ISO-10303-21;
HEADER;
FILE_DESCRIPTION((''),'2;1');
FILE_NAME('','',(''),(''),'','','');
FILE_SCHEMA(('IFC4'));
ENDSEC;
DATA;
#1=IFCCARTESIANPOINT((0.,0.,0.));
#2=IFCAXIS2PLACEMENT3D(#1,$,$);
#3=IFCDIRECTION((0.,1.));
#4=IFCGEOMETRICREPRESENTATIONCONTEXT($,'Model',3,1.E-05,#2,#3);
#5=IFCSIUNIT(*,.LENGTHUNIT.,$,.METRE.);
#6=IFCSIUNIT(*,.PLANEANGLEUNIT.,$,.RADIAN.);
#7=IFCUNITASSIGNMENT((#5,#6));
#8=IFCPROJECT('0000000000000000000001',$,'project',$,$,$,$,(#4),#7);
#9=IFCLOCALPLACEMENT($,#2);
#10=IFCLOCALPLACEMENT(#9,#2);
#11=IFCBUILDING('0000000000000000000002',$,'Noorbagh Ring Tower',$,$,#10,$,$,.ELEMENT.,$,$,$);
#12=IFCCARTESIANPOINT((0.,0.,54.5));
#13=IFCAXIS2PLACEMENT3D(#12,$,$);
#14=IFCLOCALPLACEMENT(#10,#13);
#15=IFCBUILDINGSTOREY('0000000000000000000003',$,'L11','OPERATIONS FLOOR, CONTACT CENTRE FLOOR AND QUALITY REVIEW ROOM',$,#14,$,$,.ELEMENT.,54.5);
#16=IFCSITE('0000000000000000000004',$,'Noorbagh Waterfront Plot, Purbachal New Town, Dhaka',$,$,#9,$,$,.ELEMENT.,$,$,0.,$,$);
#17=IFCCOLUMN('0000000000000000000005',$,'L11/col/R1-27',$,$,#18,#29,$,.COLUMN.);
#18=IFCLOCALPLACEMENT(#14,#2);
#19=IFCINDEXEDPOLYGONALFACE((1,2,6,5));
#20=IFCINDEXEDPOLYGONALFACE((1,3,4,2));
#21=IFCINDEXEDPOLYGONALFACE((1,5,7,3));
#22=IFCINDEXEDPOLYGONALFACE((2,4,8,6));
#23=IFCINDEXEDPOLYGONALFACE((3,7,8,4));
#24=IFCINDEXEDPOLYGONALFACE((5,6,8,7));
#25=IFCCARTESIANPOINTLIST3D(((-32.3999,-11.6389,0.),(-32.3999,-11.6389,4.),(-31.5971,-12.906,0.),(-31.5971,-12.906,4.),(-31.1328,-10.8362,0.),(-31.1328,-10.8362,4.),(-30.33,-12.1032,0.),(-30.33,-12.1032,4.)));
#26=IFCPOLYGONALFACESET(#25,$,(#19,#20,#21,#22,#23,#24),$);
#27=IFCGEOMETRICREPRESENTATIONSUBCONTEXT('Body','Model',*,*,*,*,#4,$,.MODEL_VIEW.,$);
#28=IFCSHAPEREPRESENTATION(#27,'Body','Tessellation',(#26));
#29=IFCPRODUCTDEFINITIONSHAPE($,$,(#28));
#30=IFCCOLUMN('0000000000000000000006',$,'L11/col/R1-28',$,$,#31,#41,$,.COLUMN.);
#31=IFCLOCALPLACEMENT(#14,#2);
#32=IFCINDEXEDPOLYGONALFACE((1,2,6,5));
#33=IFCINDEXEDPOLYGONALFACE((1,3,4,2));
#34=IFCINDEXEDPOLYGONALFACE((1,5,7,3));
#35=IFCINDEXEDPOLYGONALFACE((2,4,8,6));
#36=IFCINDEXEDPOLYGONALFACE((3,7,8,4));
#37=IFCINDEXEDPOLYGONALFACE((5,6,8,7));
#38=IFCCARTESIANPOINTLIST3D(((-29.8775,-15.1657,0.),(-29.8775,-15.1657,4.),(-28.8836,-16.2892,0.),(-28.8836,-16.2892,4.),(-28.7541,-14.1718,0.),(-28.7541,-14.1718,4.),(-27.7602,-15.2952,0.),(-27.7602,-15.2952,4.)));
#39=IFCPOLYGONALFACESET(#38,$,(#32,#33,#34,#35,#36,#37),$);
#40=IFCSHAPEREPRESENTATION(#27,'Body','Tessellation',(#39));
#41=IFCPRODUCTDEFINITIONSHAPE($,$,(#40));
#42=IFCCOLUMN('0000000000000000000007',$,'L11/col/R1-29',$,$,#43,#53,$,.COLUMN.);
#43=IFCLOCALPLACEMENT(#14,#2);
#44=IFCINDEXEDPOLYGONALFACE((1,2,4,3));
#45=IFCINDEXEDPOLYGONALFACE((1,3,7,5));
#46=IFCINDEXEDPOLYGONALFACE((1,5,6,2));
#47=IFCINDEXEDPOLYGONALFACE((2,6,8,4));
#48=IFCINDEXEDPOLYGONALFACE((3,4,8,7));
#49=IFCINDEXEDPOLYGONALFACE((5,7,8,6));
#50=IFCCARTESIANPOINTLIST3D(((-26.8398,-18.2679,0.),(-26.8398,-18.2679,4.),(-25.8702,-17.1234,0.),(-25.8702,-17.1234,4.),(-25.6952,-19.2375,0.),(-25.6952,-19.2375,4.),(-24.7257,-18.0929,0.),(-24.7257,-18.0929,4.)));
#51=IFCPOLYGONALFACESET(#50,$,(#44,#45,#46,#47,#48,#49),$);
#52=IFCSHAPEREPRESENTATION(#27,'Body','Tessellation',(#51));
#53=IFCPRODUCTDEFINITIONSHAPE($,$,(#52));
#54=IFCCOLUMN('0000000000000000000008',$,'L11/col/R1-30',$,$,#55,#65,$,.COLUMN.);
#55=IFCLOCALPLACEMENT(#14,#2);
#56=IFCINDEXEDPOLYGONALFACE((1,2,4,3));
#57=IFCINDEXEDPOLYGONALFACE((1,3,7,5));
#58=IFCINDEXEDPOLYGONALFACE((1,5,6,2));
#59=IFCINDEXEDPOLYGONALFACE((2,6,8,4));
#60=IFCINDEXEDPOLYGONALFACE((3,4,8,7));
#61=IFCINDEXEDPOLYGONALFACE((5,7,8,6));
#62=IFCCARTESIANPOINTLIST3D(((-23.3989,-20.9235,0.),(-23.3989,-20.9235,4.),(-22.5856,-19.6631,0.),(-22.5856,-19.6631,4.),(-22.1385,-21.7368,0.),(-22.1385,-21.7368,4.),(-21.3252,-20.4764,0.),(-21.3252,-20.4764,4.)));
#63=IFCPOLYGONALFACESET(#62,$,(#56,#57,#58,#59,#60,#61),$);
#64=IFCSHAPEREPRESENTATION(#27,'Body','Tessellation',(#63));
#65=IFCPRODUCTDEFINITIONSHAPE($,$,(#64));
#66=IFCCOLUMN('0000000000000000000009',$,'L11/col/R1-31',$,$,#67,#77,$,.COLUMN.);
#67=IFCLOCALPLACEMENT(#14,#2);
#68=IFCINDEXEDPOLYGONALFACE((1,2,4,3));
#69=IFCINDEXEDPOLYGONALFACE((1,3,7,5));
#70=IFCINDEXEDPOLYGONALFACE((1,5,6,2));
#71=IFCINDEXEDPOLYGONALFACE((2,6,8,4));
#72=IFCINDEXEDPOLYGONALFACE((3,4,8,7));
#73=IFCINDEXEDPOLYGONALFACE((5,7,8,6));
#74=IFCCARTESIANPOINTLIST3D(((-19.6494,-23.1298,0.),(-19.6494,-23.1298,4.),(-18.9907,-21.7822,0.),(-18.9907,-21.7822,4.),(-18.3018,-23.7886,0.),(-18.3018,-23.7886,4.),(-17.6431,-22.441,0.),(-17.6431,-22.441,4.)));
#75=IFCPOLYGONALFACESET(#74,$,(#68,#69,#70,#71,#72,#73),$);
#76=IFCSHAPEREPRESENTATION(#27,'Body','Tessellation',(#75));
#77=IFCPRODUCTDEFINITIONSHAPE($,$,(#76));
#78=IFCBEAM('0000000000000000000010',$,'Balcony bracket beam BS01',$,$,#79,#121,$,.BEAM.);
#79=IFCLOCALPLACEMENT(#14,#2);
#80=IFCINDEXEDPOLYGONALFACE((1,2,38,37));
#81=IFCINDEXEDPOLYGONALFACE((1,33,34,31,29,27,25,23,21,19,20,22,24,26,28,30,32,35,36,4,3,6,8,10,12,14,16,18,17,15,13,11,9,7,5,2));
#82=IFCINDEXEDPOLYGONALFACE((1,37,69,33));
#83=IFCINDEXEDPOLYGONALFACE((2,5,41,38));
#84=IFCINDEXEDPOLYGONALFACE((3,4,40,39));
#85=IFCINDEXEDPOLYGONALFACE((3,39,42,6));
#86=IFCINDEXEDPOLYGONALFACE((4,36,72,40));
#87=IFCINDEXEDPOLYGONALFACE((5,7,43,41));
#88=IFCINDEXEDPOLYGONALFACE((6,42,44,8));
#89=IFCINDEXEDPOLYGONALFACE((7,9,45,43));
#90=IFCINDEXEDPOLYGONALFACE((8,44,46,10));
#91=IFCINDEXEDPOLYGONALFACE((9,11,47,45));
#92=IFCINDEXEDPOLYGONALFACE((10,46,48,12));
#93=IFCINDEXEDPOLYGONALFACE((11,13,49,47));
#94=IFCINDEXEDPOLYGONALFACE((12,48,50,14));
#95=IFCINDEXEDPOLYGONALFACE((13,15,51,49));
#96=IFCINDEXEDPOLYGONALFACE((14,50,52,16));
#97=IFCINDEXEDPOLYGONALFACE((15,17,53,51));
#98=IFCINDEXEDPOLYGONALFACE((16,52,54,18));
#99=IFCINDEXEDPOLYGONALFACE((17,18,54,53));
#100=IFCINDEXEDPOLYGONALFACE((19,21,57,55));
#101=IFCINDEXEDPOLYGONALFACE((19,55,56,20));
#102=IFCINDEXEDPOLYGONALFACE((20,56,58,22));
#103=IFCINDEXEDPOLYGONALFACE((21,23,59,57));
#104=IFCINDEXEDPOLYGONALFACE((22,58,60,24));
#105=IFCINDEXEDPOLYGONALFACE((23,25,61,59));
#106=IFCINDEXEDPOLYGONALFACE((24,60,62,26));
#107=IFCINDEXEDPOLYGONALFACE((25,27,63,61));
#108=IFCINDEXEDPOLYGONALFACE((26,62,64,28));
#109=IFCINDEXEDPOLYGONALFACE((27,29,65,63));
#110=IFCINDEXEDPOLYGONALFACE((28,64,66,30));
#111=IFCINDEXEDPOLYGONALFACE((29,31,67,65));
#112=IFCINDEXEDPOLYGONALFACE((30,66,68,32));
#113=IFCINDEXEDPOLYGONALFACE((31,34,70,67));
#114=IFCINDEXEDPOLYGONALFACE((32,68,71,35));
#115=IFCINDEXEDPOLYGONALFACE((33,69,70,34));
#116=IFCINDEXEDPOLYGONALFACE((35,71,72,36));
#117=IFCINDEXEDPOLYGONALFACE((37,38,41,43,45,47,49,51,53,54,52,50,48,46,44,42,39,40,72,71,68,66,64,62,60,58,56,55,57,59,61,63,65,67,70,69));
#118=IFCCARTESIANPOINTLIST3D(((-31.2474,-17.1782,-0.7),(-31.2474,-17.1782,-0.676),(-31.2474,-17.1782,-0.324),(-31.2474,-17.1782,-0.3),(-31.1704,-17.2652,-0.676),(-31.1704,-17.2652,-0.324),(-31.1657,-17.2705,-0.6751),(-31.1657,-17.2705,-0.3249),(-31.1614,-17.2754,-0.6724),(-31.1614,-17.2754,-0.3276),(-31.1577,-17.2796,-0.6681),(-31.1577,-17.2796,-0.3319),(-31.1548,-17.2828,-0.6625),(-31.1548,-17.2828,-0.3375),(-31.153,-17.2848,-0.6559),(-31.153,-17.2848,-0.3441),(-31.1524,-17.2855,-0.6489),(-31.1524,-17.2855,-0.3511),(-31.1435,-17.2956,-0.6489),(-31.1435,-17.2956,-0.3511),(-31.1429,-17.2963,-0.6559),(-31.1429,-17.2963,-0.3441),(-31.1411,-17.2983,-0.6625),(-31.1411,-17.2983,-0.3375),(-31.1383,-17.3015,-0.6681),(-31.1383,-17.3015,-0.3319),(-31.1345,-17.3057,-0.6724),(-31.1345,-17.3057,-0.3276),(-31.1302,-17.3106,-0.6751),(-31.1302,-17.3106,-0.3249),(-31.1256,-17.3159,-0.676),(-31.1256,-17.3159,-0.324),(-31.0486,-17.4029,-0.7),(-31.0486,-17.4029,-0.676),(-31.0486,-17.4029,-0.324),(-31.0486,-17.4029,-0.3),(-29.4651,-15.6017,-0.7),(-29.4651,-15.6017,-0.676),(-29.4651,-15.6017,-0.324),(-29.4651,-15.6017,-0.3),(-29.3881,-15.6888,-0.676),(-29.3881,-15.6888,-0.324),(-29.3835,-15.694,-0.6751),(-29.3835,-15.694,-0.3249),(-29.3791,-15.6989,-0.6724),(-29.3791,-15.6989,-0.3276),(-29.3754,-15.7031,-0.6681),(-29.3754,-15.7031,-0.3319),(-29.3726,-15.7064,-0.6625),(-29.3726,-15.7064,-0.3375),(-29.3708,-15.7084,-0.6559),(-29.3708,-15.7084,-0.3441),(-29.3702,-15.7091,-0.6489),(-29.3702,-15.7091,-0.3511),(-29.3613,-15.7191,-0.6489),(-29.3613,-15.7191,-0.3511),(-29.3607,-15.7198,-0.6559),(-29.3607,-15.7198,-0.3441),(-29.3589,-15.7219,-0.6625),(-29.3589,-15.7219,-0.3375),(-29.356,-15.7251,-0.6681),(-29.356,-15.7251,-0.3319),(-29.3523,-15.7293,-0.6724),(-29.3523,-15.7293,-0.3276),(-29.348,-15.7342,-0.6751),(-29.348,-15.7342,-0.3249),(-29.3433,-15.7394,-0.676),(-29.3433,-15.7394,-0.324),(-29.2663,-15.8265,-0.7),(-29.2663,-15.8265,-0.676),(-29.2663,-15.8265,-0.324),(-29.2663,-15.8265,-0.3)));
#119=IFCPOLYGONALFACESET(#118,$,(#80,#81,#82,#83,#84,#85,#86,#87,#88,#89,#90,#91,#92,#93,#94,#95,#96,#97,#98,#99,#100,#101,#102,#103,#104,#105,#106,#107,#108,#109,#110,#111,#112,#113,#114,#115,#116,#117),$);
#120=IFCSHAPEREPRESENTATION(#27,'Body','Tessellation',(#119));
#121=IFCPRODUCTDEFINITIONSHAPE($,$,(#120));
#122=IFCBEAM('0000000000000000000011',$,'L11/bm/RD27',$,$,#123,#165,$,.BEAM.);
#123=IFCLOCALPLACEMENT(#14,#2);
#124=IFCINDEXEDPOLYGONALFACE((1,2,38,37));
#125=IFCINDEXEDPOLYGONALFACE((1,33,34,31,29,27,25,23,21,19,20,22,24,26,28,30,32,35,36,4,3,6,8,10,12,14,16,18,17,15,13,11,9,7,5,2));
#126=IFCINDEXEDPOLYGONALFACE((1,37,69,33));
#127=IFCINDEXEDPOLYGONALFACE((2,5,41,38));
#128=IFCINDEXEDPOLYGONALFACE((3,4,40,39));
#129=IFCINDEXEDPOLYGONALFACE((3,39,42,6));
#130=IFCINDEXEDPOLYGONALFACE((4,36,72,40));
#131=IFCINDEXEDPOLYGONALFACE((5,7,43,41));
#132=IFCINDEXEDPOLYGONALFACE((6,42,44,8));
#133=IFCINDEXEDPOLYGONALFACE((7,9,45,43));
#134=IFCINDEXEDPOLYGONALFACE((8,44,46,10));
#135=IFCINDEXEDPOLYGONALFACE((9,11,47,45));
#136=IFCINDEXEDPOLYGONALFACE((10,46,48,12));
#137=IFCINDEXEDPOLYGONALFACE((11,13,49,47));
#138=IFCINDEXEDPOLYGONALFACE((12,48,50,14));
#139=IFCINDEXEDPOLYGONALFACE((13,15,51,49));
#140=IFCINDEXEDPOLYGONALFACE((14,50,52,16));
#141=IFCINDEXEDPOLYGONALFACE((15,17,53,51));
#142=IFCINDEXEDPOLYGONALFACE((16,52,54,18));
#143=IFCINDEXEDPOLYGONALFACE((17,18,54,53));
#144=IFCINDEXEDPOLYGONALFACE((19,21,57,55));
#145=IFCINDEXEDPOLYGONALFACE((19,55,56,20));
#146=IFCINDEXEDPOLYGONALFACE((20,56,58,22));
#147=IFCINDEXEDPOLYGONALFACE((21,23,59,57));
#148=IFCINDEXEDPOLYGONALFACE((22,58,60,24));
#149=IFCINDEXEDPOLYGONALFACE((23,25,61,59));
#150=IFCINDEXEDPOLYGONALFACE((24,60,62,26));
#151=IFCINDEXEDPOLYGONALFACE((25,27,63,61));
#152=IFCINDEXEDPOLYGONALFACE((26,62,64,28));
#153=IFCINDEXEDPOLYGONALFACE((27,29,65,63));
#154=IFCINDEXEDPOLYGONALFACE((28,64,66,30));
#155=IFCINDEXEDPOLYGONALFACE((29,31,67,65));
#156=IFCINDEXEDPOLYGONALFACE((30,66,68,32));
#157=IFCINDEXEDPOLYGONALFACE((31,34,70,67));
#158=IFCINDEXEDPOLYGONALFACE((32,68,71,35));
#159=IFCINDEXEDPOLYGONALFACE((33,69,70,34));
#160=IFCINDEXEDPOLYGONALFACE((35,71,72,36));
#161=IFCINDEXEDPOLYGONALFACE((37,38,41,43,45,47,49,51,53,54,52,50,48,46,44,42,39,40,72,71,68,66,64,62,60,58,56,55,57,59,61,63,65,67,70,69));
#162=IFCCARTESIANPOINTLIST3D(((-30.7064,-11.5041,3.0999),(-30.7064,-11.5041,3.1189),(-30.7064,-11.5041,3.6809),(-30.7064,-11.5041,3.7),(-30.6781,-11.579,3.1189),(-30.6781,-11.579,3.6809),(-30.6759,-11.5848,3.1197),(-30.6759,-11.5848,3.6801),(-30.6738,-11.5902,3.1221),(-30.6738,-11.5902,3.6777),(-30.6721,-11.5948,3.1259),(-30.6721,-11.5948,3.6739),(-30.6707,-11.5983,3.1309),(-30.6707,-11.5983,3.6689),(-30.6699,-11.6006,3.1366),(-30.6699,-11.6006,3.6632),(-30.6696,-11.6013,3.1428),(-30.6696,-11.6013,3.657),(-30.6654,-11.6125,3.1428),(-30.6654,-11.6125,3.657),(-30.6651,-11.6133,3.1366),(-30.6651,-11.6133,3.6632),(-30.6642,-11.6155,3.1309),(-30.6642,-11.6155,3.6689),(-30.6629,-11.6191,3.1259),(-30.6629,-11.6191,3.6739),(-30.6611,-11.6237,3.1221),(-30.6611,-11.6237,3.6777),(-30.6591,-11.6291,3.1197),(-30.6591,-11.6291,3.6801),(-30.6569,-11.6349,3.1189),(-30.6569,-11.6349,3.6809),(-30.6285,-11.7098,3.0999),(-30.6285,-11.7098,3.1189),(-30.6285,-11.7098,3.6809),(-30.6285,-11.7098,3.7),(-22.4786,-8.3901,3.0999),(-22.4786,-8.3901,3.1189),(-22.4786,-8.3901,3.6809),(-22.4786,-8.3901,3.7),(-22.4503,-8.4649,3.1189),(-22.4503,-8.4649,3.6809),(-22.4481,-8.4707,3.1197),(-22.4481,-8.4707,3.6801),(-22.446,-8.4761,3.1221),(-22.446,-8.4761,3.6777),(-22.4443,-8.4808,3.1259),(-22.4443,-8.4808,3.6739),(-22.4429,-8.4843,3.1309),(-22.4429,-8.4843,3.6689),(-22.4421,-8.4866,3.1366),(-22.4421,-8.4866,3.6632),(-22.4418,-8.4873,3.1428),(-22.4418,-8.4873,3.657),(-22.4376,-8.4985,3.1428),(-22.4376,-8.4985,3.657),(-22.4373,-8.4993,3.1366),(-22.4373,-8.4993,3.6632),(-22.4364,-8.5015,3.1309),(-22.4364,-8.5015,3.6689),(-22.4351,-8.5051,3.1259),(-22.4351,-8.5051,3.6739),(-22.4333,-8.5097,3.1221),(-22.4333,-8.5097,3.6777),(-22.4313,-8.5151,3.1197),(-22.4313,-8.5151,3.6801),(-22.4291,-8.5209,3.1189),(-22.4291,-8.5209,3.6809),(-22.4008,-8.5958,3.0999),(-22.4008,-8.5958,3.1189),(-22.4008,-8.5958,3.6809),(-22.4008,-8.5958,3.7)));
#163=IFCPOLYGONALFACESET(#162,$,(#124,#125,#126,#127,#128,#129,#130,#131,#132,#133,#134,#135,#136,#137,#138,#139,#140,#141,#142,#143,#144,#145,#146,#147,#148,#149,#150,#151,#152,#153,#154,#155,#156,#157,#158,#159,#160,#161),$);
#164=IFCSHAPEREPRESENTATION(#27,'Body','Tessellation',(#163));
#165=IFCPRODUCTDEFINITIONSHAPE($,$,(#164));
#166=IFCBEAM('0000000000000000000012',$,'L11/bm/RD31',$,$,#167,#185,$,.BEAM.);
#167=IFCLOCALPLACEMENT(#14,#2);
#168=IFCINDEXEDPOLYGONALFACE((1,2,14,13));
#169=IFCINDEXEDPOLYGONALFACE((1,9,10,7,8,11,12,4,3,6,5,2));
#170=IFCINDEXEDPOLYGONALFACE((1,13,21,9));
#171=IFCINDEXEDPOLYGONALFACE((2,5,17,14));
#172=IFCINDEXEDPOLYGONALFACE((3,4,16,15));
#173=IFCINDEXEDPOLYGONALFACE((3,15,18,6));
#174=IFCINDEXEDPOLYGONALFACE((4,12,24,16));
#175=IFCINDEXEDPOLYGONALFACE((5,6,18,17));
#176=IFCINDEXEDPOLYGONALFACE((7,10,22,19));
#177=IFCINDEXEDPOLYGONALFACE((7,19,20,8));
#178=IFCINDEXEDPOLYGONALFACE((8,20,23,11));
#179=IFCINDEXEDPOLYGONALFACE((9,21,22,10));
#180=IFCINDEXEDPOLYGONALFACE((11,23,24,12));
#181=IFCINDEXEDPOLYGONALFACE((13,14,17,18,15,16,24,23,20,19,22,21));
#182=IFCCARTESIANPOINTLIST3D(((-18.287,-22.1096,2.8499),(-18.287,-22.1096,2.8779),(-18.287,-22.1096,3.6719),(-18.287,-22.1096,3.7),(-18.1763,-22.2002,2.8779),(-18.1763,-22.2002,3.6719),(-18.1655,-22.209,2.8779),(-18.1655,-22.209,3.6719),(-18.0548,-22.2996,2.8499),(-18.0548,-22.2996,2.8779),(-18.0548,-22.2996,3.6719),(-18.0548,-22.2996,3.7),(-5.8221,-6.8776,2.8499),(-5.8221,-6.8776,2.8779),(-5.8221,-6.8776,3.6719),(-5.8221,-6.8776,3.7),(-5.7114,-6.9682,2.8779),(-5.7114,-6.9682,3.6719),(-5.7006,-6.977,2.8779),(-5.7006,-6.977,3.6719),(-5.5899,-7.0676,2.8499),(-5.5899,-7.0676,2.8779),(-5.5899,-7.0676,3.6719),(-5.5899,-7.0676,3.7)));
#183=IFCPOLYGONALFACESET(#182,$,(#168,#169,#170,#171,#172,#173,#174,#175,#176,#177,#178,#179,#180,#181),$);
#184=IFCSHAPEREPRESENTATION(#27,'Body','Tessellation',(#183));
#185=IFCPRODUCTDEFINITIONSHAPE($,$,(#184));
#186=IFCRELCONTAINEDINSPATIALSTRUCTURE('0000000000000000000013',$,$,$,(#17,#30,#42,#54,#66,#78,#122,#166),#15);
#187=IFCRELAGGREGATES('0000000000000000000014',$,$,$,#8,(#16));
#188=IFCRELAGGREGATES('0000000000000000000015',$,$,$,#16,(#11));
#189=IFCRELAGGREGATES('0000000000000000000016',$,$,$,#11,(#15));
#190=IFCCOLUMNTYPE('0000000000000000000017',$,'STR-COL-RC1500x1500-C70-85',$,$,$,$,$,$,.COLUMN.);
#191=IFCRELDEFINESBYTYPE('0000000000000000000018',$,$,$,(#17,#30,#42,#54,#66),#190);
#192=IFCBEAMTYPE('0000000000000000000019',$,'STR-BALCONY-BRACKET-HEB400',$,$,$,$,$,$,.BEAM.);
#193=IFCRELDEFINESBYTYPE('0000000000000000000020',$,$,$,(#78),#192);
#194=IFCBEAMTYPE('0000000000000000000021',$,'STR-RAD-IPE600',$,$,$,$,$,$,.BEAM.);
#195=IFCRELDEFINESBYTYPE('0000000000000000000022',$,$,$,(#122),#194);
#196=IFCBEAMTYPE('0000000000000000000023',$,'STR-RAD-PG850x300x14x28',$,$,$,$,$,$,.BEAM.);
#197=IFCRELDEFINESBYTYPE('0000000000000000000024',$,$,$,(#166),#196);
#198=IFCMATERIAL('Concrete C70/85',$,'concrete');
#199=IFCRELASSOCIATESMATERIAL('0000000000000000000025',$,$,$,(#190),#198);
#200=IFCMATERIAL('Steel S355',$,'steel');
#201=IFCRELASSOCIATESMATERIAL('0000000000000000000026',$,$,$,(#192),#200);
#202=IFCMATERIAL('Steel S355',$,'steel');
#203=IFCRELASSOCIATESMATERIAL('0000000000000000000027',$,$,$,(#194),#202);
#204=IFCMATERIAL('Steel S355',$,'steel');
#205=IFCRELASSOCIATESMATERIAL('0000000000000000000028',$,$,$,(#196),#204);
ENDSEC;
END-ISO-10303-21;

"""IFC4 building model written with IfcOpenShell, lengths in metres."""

from ifc_helpers import new_model, si_unit, direction, frame, origin, origin_2d, place, context, subcontext, project, spatial, rectangle, i_section, extrude, material, material_profile, profile_set, type_object, element, save


model = new_model("IFC4")

# Units and contexts
model_context = context("Model", 3, precision=1e-05, world=origin(), true_north=direction((0.0, 1.0)))
body_context = subcontext(model_context, "Body", "Model", "MODEL_VIEW")
ifc_project = project(units=[si_unit("LENGTHUNIT", "METRE"), si_unit("PLANEANGLEUNIT", "RADIAN")], contexts=[model_context])

# Site, building, storey
site_placement = place(None, origin())
site = spatial("IfcSite", under=ifc_project, at=site_placement, Name="Noorbagh Waterfront Plot, Purbachal New Town, Dhaka", CompositionType="ELEMENT", RefElevation=0.0)
building_placement = place(site_placement, origin())
building = spatial("IfcBuilding", under=site, at=building_placement, Name="Noorbagh Ring Tower", CompositionType="ELEMENT")
storey_placement = place(building_placement, frame((0.0, 0.0, 54.5)))
storey = spatial("IfcBuildingStorey", under=building, at=storey_placement, Name="L11", Description="OPERATIONS FLOOR, CONTACT CENTRE FLOOR AND QUALITY REVIEW ROOM", CompositionType="ELEMENT", Elevation=54.5)

# Columns
ifc_material_1 = material(Name="Concrete C70/85", Category="concrete")
ifc_material_profile_1 = material_profile(ifc_material_1, rectangle(XDim=1.5, YDim=1.5, at=origin_2d()), Name="RC1500x1500")
ifc_profile_set_1 = profile_set([ifc_material_profile_1], Name="Concrete C70/85")
column_type = type_object("IfcColumnType", Name="STR-COL-RC1500x1500-C70-85", PredefinedType="COLUMN", material=ifc_profile_set_1)
for number, where, z_axis, x_axis, name in (
    (1, (-31.365, -11.8711, 0.0), (0.0, 0.0, 1.0), (0.53519, -0.844731, 0.0), "L11/col/R1-27"),
    (2, (-28.8188, -15.2305, 0.0), (0.0, 0.0, 1.0), (0.662636, -0.748942, 0.0), "L11/col/R1-28"),
    (3, (-25.7827, -18.1804, 0.0), (0.0, 0.0, 1.0), (0.763035, -0.646357, 0.0), "L11/col/R1-29"),
    (4, (-22.3621, -20.7, 0.0), (0.0, 0.0, 1.0), (0.840248, -0.542203, 0.0), "L11/col/R1-30"),
    (5, (-18.6462, -22.7854, 0.0), (0.0, 0.0, 1.0), (0.898399, -0.43918, 0.0), "L11/col/R1-31"),
):
    element("IfcColumn", number, at=place(storey_placement, frame(where, z_axis=z_axis, x_axis=x_axis)), inside=storey, type_object=column_type, Name=name, PredefinedType="COLUMN", context=body_context, shape_type="SweptSolid", body=[
        extrude(rectangle(XDim=1.5, YDim=1.5, at=origin_2d()), origin(), (0.0, 0.0, 1.0), 4.0),
    ])

# Beams
ifc_material_2 = material(Name="Steel S355", Category="steel")
ifc_material_profile_2 = material_profile(ifc_material_2, i_section(OverallWidth=0.3, OverallDepth=0.3999, WebThickness=0.0134, FlangeThickness=0.0239, FilletRadius=0.0271, at=origin_2d()), Name="HEB400")
ifc_profile_set_2 = profile_set([ifc_material_profile_2], Name="Steel S355")
beam_type_1 = type_object("IfcBeamType", Name="STR-BALCONY-BRACKET-HEB400", PredefinedType="BEAM", material=ifc_profile_set_2)
beam_1_placement = place(storey_placement, frame((-29.3657, -15.7141, -0.5), z_axis=(-0.749032, -0.662534, 0.0), x_axis=(0.662534, -0.749032, 0.0)))
element("IfcBeam", 6, at=beam_1_placement, inside=storey, type_object=beam_type_1, Name="Balcony bracket beam BS01", PredefinedType="BEAM", context=body_context, shape_type="SweptSolid", body=[
    extrude(i_section(OverallWidth=0.3, OverallDepth=0.3999, WebThickness=0.0134, FlangeThickness=0.0239, FilletRadius=0.0271, at=origin_2d()), origin(), (0.0, 0.0, 1.0), 2.3794),
])
ifc_material_3 = material(Name="Steel S355", Category="steel")
ifc_material_profile_3 = material_profile(ifc_material_3, i_section(OverallWidth=0.22, OverallDepth=0.6001, WebThickness=0.012, FlangeThickness=0.019, FilletRadius=0.0239, at=origin_2d()), Name="IPE600")
ifc_profile_set_3 = profile_set([ifc_material_profile_3], Name="Steel S355")
beam_type_2 = type_object("IfcBeamType", Name="STR-RAD-IPE600", PredefinedType="BEAM", material=ifc_profile_set_3)
beam_2_placement = place(storey_placement, frame((-30.6675, -11.6069, 3.3999), z_axis=(0.935256, 0.353971, 0.0), x_axis=(-0.353971, 0.935256, 0.0)))
element("IfcBeam", 7, at=beam_2_placement, inside=storey, type_object=beam_type_2, Name="L11/bm/RD27", PredefinedType="BEAM", context=body_context, shape_type="SweptSolid", body=[
    extrude(i_section(OverallWidth=0.22, OverallDepth=0.6001, WebThickness=0.012, FlangeThickness=0.019, FilletRadius=0.0239, at=origin_2d()), origin(), (0.0, 0.0, 1.0), 8.7974),
])
ifc_material_4 = material(Name="Steel S355", Category="steel")
ifc_material_profile_4 = material_profile(ifc_material_4, i_section(OverallWidth=0.3, OverallDepth=0.8501, WebThickness=0.0139, FlangeThickness=0.0281, at=origin_2d()), Name="PG850x300x14x28")
ifc_profile_set_4 = profile_set([ifc_material_profile_4], Name="Steel S355")
beam_type_3 = type_object("IfcBeamType", Name="STR-RAD-PG850x300x14x28", PredefinedType="BEAM", material=ifc_profile_set_4)
beam_3_placement = place(storey_placement, frame((-18.1709, -22.2046, 3.2749), z_axis=(0.633309, 0.773899, 0.0), x_axis=(-0.773899, 0.633309, 0.0)))
element("IfcBeam", 8, at=beam_3_placement, inside=storey, type_object=beam_type_3, Name="L11/bm/RD31", PredefinedType="BEAM", context=body_context, shape_type="SweptSolid", body=[
    extrude(i_section(OverallWidth=0.3, OverallDepth=0.8501, WebThickness=0.0139, FlangeThickness=0.0281, at=origin_2d()), origin(), (0.0, 0.0, 1.0), 19.6821),
])

save(model, "model.ifc")
